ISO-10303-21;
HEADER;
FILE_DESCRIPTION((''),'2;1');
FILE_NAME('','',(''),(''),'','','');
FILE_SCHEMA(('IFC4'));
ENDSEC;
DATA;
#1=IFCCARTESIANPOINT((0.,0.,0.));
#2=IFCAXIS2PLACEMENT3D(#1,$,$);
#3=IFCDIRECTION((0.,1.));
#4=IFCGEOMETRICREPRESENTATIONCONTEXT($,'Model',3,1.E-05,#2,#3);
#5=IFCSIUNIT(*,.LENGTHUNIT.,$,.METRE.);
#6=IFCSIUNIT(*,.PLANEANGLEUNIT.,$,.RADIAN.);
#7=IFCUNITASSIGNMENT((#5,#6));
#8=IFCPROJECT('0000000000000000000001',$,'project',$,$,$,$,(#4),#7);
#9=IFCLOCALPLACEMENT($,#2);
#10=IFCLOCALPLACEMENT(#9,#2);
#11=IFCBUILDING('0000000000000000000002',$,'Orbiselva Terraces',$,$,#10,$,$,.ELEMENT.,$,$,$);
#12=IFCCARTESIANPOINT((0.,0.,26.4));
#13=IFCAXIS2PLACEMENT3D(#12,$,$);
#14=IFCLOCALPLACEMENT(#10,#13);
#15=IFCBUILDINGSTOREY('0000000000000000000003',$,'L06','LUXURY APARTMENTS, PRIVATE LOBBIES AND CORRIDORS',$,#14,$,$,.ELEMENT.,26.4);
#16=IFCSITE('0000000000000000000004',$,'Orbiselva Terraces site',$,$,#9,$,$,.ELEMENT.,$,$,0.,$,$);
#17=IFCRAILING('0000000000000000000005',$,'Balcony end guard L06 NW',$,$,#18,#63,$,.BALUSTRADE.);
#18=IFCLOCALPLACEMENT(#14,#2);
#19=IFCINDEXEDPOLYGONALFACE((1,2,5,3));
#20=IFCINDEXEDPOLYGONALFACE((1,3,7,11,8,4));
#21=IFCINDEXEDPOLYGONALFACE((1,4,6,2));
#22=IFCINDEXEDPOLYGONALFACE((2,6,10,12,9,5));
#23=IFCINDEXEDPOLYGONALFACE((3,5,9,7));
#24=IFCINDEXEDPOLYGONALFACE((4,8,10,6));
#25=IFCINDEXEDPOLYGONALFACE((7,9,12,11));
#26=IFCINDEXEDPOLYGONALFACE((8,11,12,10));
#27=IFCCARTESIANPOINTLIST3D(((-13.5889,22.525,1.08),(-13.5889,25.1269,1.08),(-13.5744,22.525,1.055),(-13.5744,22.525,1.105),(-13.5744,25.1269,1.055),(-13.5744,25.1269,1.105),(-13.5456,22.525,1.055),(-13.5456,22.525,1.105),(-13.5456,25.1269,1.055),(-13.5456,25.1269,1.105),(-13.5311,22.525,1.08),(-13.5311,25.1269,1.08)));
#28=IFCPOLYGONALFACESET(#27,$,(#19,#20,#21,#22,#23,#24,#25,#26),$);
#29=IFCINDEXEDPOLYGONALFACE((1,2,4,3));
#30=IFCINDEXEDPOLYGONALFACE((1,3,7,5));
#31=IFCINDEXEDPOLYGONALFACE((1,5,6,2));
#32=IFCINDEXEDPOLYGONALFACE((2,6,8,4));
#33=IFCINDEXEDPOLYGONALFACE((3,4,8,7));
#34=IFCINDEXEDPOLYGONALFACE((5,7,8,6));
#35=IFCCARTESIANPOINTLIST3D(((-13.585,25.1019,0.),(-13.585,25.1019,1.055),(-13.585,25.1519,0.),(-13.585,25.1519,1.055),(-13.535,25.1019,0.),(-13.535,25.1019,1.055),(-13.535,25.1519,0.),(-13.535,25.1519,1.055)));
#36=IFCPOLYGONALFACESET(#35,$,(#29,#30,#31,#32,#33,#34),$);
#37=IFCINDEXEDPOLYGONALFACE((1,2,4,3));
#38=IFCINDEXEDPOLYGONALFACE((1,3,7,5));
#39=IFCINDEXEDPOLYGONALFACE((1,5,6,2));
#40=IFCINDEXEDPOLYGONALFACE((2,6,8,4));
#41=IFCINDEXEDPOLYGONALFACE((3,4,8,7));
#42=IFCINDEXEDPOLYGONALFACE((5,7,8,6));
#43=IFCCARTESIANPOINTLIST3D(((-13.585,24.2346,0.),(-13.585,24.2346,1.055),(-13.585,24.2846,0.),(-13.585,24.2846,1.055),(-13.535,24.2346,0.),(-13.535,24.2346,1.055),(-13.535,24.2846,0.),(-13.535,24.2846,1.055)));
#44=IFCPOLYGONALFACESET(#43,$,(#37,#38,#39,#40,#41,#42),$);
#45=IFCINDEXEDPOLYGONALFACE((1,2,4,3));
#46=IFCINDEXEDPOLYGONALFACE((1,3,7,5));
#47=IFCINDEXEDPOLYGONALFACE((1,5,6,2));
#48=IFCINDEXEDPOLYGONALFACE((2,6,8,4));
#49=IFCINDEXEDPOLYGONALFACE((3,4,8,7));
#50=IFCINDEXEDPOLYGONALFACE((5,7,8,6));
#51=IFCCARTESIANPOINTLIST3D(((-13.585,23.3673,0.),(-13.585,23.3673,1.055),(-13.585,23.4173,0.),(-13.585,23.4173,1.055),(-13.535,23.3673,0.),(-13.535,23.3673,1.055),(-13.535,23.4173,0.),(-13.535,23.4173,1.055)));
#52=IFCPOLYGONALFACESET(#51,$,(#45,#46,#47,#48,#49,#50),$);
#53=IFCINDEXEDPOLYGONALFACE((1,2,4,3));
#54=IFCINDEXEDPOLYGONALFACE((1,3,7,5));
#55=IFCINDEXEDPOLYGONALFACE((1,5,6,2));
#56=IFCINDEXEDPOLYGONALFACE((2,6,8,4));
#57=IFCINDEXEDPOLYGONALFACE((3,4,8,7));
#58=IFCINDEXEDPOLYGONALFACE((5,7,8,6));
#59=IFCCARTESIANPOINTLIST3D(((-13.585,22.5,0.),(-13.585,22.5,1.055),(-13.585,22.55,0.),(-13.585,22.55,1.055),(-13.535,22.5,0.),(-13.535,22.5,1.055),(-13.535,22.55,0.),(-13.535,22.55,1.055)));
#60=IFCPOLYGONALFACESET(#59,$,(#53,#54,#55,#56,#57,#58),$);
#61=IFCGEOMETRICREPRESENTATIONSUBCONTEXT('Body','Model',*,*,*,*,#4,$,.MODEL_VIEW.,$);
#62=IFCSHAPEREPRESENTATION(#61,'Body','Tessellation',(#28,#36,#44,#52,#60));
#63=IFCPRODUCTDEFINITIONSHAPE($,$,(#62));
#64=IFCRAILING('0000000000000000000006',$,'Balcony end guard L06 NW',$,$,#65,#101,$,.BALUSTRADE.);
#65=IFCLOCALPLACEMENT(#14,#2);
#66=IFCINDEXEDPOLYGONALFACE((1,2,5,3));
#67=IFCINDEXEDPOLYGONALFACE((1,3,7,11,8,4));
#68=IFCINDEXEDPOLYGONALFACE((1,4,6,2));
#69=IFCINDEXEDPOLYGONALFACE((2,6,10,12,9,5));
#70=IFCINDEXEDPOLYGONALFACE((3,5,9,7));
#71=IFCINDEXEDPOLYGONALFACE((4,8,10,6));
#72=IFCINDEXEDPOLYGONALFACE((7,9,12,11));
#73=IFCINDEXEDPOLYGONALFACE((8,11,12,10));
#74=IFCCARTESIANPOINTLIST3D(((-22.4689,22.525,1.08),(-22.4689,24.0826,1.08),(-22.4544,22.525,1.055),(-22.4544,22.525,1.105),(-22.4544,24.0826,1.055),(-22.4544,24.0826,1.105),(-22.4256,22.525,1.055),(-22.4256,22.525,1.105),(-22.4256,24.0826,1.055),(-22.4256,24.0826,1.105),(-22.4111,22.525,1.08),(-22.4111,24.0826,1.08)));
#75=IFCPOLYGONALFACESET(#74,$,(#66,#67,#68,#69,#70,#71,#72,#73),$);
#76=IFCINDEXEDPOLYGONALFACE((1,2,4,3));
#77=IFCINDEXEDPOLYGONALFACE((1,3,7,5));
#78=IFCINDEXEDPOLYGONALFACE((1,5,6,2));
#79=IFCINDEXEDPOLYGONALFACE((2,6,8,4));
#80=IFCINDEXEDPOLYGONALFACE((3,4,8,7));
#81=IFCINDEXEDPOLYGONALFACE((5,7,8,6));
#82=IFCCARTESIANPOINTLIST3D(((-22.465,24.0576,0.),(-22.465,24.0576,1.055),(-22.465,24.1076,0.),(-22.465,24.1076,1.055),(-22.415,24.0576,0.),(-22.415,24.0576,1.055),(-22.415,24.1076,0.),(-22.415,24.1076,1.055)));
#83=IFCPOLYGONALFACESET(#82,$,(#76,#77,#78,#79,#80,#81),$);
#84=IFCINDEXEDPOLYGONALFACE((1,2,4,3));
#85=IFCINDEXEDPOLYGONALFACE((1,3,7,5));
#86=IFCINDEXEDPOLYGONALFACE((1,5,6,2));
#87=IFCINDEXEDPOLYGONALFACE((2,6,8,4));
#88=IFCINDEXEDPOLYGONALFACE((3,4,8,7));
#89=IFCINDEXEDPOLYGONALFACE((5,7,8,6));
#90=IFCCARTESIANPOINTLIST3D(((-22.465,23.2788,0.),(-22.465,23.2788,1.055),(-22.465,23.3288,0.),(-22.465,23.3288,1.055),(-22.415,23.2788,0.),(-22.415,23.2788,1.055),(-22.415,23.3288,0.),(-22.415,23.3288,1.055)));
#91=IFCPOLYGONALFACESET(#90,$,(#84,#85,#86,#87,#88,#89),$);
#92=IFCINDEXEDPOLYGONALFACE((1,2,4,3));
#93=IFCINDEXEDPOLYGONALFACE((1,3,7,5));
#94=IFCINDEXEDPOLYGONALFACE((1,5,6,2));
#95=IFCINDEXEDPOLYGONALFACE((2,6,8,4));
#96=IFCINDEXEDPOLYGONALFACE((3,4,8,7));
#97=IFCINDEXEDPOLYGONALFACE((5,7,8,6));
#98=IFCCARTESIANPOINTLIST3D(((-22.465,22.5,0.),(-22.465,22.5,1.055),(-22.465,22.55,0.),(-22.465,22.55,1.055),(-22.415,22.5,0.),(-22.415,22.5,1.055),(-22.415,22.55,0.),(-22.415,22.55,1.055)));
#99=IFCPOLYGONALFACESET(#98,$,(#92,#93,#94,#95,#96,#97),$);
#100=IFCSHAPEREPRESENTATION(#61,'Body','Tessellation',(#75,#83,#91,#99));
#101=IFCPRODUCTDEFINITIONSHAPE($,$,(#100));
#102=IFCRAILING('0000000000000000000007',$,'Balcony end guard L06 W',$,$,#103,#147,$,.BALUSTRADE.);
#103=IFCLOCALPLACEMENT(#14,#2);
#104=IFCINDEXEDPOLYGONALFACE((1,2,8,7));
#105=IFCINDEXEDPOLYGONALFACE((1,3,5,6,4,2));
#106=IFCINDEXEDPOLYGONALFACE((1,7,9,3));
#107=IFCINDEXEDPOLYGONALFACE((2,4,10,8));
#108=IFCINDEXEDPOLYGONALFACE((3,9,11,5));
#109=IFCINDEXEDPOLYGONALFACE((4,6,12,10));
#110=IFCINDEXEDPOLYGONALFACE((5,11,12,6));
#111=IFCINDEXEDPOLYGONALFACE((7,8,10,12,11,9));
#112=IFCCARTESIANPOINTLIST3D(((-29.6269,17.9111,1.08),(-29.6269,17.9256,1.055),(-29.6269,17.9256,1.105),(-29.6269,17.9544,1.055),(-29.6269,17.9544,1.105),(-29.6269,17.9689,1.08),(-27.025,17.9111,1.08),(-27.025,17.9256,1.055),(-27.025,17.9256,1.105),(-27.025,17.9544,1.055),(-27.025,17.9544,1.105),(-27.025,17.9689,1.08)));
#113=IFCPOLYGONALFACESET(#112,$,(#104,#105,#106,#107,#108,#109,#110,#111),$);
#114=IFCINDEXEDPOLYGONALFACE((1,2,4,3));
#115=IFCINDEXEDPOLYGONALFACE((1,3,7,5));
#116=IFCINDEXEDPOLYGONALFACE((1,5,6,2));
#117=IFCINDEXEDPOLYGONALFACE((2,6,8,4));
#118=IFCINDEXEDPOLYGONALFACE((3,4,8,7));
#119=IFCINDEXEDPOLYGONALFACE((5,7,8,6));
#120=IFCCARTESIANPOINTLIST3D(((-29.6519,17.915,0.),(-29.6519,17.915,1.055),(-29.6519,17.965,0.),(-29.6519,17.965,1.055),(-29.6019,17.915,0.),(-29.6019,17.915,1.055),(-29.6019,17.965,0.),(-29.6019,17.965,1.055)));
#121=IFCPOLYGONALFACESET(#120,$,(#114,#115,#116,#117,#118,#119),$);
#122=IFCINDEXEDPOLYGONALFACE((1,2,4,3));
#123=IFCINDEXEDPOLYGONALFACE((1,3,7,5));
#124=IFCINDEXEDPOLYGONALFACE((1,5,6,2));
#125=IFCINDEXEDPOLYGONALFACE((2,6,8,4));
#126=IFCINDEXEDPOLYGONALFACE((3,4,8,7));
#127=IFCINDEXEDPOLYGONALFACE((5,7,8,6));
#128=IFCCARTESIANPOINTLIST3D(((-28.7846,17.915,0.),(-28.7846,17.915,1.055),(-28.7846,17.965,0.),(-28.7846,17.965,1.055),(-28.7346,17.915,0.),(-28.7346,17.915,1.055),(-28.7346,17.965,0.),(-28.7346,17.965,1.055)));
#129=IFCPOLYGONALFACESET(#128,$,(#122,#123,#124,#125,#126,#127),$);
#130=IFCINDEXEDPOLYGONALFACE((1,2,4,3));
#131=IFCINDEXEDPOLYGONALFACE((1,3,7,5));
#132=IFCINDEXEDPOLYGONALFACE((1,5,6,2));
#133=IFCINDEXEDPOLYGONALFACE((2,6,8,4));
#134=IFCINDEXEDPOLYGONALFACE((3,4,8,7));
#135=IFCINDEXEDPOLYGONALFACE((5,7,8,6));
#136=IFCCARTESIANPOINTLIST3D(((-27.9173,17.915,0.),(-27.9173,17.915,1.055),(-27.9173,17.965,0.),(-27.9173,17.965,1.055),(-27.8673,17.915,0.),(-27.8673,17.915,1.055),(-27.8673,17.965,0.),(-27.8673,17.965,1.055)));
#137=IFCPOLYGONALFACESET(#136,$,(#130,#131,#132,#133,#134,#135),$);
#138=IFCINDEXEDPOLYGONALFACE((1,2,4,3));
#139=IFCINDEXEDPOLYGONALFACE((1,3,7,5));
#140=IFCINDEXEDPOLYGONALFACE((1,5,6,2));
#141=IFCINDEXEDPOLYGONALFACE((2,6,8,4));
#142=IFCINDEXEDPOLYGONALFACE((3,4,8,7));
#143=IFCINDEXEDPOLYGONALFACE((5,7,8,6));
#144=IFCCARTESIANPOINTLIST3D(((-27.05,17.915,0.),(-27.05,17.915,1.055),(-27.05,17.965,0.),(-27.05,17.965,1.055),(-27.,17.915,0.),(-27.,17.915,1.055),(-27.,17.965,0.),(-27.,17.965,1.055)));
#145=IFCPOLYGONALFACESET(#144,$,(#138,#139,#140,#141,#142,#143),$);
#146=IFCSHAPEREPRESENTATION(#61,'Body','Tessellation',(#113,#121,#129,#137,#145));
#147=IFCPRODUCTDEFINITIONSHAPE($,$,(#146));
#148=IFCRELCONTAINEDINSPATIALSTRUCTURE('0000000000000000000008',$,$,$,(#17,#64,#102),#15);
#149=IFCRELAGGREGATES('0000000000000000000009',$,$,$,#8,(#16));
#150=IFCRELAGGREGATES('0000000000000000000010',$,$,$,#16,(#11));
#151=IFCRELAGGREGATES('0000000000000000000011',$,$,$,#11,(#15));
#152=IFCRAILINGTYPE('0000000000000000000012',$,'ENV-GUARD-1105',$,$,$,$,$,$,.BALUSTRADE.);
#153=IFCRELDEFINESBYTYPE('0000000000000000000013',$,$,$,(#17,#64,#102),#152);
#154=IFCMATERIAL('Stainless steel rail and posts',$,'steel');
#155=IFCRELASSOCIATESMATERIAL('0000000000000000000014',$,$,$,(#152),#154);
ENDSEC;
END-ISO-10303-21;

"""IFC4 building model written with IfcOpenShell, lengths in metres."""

from ifc_helpers import new_model, si_unit, direction, frame, origin, origin_2d, place, context, subcontext, project, spatial, polyline, rectangle, outline, extrude, material, type_object, element, save


model = new_model("IFC4")

# Units and contexts
model_context = context("Model", 3, precision=1e-05, world=origin(), true_north=direction((0.0, 1.0)))
body_context = subcontext(model_context, "Body", "Model", "MODEL_VIEW")
ifc_project = project(units=[si_unit("LENGTHUNIT", "METRE"), si_unit("PLANEANGLEUNIT", "RADIAN")], contexts=[model_context])

# Site, building, storey
site_placement = place(None, origin())
site = spatial("IfcSite", under=ifc_project, at=site_placement, Name="Orbiselva Terraces site", CompositionType="ELEMENT", RefElevation=0.0)
building_placement = place(site_placement, origin())
building = spatial("IfcBuilding", under=site, at=building_placement, Name="Orbiselva Terraces", CompositionType="ELEMENT")
storey_placement = place(building_placement, frame((0.0, 0.0, 26.4)))
storey = spatial("IfcBuildingStorey", under=building, at=storey_placement, Name="L06", Description="LUXURY APARTMENTS, PRIVATE LOBBIES AND CORRIDORS", CompositionType="ELEMENT", Elevation=26.4)

# Railings
ifc_material_1 = material(Name="Stainless steel rail and posts", Category="steel")
railing_type_1 = type_object("IfcRailingType", Name="ENV-GUARD-1105", PredefinedType="BALUSTRADE", material=ifc_material_1)
railing_1_placement = place(storey_placement, frame((-13.56, 25.1269, 0.0)))
element("IfcRailing", 1, at=railing_1_placement, inside=storey, type_object=railing_type_1, Name="Balcony end guard L06 NW", PredefinedType="BALUSTRADE", context=body_context, shape_type="SweptSolid", body=[
    extrude(outline(polyline([(0.0289, 0.0), (0.0144, 0.025), (-0.0144, 0.025), (-0.0289, 0.0), (-0.0144, -0.025), (0.0144, -0.025), (0.0289, 0.0)])), frame((0.0, 0.0, 1.08), z_axis=(0.0, -1.0, 0.0), x_axis=(1.0, 0.0, 0.0)), (0.0, 0.0, 1.0), 2.6019),
    extrude(rectangle(XDim=0.05, YDim=0.05, at=origin_2d()), origin(), (0.0, 0.0, 1.0), 1.055),
    extrude(rectangle(XDim=0.05, YDim=0.05, at=origin_2d()), frame((0.0, -0.8673, 0.0)), (0.0, 0.0, 1.0), 1.055),
    extrude(rectangle(XDim=0.05, YDim=0.05, at=origin_2d()), frame((0.0, -1.7346, 0.0)), (0.0, 0.0, 1.0), 1.055),
    extrude(rectangle(XDim=0.05, YDim=0.05, at=origin_2d()), frame((0.0, -2.6019, 0.0)), (0.0, 0.0, 1.0), 1.055),
])
railing_2_placement = place(storey_placement, frame((-22.44, 24.0826, 0.0)))
element("IfcRailing", 2, at=railing_2_placement, inside=storey, type_object=railing_type_1, Name="Balcony end guard L06 NW", PredefinedType="BALUSTRADE", context=body_context, shape_type="SweptSolid", body=[
    extrude(outline(polyline([(0.0289, 0.0), (0.0144, 0.025), (-0.0144, 0.025), (-0.0289, 0.0), (-0.0144, -0.025), (0.0144, -0.025), (0.0289, 0.0)])), frame((0.0, 0.0, 1.08), z_axis=(0.0, -1.0, 0.0), x_axis=(1.0, 0.0, 0.0)), (0.0, 0.0, 1.0), 1.5576),
    extrude(rectangle(XDim=0.05, YDim=0.05, at=origin_2d()), origin(), (0.0, 0.0, 1.0), 1.055),
    extrude(rectangle(XDim=0.05, YDim=0.05, at=origin_2d()), frame((0.0, -0.7788, 0.0)), (0.0, 0.0, 1.0), 1.055),
    extrude(rectangle(XDim=0.05, YDim=0.05, at=origin_2d()), frame((0.0, -1.5576, 0.0)), (0.0, 0.0, 1.0), 1.055),
])
railing_3_placement = place(storey_placement, frame((-29.6269, 17.94, 0.0)))
element("IfcRailing", 3, at=railing_3_placement, inside=storey, type_object=railing_type_1, Name="Balcony end guard L06 W", PredefinedType="BALUSTRADE", context=body_context, shape_type="SweptSolid", body=[
    extrude(outline(polyline([(0.0289, 0.0), (0.0144, 0.025), (-0.0144, 0.025), (-0.0289, 0.0), (-0.0144, -0.025), (0.0144, -0.025), (0.0289, 0.0)])), frame((0.0, 0.0, 1.08), z_axis=(1.0, 0.0, 0.0), x_axis=(0.0, 1.0, 0.0)), (0.0, 0.0, 1.0), 2.6019),
    extrude(rectangle(XDim=0.05, YDim=0.05, at=origin_2d()), origin(), (0.0, 0.0, 1.0), 1.055),
    extrude(rectangle(XDim=0.05, YDim=0.05, at=origin_2d()), frame((0.8673, 0.0, 0.0)), (0.0, 0.0, 1.0), 1.055),
    extrude(rectangle(XDim=0.05, YDim=0.05, at=origin_2d()), frame((1.7346, 0.0, 0.0)), (0.0, 0.0, 1.0), 1.055),
    extrude(rectangle(XDim=0.05, YDim=0.05, at=origin_2d()), frame((2.6019, 0.0, 0.0)), (0.0, 0.0, 1.0), 1.055),
])

save(model, "model.ifc")
